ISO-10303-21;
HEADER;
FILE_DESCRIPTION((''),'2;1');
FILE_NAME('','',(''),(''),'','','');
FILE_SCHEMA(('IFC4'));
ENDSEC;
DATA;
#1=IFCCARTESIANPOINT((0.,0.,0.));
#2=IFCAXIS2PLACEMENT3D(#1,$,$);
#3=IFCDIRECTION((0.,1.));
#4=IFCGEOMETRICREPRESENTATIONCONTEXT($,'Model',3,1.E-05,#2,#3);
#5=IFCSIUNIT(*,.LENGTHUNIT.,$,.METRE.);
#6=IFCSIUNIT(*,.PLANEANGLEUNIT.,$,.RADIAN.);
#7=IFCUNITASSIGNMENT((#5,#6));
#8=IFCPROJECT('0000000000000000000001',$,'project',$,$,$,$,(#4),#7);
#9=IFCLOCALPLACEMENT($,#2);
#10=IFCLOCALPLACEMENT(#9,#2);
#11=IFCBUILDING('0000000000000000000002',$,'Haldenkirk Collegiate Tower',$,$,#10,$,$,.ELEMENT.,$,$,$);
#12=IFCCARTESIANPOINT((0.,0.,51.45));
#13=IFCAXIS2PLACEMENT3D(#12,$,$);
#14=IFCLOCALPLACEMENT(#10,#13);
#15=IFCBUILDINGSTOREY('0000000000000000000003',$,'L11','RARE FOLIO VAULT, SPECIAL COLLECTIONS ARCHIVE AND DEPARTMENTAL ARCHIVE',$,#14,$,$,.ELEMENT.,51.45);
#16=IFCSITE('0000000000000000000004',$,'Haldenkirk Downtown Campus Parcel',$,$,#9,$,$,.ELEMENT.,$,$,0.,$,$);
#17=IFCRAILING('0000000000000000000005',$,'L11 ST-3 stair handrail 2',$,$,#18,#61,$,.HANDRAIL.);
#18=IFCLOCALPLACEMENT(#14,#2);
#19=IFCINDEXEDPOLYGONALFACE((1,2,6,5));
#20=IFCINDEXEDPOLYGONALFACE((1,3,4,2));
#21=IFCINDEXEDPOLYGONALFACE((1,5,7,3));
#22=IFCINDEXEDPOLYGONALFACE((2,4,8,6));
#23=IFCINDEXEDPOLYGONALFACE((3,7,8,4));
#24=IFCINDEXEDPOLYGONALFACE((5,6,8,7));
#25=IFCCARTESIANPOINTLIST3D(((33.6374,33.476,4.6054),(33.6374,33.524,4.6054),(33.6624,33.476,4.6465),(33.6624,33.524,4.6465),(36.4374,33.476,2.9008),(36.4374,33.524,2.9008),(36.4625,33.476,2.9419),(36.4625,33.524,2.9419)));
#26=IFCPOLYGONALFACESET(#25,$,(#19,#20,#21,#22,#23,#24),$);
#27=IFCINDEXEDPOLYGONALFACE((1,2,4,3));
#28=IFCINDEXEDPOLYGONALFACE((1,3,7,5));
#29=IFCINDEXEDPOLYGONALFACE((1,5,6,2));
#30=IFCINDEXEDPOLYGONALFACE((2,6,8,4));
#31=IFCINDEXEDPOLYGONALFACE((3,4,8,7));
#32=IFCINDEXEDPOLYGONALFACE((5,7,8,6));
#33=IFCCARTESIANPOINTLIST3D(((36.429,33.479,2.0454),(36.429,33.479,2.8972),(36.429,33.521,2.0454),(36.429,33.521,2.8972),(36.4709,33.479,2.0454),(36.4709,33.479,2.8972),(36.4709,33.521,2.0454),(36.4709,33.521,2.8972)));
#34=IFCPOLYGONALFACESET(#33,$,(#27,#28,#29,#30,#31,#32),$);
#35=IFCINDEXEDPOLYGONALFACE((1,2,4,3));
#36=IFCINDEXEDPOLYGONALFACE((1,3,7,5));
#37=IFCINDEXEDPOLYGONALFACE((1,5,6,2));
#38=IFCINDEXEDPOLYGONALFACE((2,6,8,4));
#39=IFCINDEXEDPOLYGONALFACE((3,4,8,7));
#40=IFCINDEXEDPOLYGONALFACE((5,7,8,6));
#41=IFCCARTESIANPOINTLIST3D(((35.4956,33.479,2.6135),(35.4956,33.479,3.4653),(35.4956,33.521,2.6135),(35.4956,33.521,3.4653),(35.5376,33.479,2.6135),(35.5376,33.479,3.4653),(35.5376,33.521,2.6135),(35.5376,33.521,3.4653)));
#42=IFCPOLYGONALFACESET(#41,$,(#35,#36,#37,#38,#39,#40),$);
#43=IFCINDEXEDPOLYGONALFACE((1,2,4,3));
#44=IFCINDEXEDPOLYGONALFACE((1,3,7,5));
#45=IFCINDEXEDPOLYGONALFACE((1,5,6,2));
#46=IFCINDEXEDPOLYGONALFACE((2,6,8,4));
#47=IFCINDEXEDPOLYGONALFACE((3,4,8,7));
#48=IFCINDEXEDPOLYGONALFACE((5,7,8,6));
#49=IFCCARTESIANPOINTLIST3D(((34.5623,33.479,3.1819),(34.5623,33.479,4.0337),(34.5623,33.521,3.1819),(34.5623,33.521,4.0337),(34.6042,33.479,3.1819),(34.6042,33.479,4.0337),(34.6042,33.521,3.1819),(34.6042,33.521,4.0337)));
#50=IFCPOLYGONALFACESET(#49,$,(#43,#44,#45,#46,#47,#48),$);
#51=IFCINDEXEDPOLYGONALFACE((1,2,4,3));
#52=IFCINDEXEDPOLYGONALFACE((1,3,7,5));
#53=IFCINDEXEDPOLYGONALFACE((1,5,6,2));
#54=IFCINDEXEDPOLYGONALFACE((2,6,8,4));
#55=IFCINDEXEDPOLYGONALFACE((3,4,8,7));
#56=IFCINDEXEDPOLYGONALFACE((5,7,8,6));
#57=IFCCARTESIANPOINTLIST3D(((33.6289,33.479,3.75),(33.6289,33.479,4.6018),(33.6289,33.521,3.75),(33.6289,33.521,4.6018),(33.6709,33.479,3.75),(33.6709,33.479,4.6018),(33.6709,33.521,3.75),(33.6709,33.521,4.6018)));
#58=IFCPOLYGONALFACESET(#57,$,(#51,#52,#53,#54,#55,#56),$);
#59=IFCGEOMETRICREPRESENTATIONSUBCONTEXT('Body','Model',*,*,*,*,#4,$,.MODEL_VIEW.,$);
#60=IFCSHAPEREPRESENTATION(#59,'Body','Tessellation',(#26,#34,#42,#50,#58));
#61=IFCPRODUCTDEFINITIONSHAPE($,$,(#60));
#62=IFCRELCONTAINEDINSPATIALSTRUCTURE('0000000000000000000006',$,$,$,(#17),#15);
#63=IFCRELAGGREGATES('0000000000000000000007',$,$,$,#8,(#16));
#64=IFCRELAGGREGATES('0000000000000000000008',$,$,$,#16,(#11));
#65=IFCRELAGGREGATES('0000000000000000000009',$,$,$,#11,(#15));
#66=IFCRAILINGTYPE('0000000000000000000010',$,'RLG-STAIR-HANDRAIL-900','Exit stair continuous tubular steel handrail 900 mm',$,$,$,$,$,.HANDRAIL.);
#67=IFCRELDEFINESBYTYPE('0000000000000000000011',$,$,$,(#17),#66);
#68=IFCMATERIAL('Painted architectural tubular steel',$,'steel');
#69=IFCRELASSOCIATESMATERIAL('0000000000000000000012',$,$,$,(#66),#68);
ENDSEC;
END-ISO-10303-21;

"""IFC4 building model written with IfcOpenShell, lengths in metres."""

from ifc_helpers import new_model, si_unit, direction, frame, origin, origin_2d, place, context, subcontext, project, spatial, rectangle, extrude, material, type_object, element, save


model = new_model("IFC4")

# Units and contexts
model_context = context("Model", 3, precision=1e-05, world=origin(), true_north=direction((0.0, 1.0)))
body_context = subcontext(model_context, "Body", "Model", "MODEL_VIEW")
ifc_project = project(units=[si_unit("LENGTHUNIT", "METRE"), si_unit("PLANEANGLEUNIT", "RADIAN")], contexts=[model_context])

# Site, building, storey
site_placement = place(None, origin())
site = spatial("IfcSite", under=ifc_project, at=site_placement, Name="Haldenkirk Downtown Campus Parcel", CompositionType="ELEMENT", RefElevation=0.0)
building_placement = place(site_placement, origin())
building = spatial("IfcBuilding", under=site, at=building_placement, Name="Haldenkirk Collegiate Tower", CompositionType="ELEMENT")
storey_placement = place(building_placement, frame((0.0, 0.0, 51.45)))
storey = spatial("IfcBuildingStorey", under=building, at=storey_placement, Name="L11", Description="RARE FOLIO VAULT, SPECIAL COLLECTIONS ARCHIVE AND DEPARTMENTAL ARCHIVE", CompositionType="ELEMENT", Elevation=51.45)

# Railing
ifc_material_1 = material(Name="Painted architectural tubular steel", Category="steel")
railing_type_1 = type_object("IfcRailingType", Name="RLG-STAIR-HANDRAIL-900", Description="Exit stair continuous tubular steel handrail 900 mm", PredefinedType="HANDRAIL", material=ifc_material_1)
railing_1_placement = place(storey_placement, frame((36.45, 33.5, 2.0454)))
element("IfcRailing", 1, at=railing_1_placement, inside=storey, type_object=railing_type_1, Name="L11 ST-3 stair handrail 2", PredefinedType="HANDRAIL", context=body_context, shape_type="SweptSolid", body=[
    extrude(rectangle(XDim=0.0481, YDim=0.0481, at=origin_2d()), frame((0.0, 0.0, 0.876), z_axis=(-0.85417, 0.0, 0.519994), x_axis=(0.0, -1.0, 0.0)), (0.0, 0.0, 1.0), 3.2781),
    extrude(rectangle(XDim=0.042, YDim=0.042, at=origin_2d()), origin(), (0.0, 0.0, 1.0), 0.8518),
    extrude(rectangle(XDim=0.042, YDim=0.042, at=origin_2d()), frame((-0.9333, 0.0, 0.5681)), (0.0, 0.0, 1.0), 0.8518),
    extrude(rectangle(XDim=0.042, YDim=0.042, at=origin_2d()), frame((-1.8667, 0.0, 1.1365)), (0.0, 0.0, 1.0), 0.8518),
    extrude(rectangle(XDim=0.042, YDim=0.042, at=origin_2d()), frame((-2.8, 0.0, 1.7046)), (0.0, 0.0, 1.0), 0.8518),
])

save(model, "model.ifc")
